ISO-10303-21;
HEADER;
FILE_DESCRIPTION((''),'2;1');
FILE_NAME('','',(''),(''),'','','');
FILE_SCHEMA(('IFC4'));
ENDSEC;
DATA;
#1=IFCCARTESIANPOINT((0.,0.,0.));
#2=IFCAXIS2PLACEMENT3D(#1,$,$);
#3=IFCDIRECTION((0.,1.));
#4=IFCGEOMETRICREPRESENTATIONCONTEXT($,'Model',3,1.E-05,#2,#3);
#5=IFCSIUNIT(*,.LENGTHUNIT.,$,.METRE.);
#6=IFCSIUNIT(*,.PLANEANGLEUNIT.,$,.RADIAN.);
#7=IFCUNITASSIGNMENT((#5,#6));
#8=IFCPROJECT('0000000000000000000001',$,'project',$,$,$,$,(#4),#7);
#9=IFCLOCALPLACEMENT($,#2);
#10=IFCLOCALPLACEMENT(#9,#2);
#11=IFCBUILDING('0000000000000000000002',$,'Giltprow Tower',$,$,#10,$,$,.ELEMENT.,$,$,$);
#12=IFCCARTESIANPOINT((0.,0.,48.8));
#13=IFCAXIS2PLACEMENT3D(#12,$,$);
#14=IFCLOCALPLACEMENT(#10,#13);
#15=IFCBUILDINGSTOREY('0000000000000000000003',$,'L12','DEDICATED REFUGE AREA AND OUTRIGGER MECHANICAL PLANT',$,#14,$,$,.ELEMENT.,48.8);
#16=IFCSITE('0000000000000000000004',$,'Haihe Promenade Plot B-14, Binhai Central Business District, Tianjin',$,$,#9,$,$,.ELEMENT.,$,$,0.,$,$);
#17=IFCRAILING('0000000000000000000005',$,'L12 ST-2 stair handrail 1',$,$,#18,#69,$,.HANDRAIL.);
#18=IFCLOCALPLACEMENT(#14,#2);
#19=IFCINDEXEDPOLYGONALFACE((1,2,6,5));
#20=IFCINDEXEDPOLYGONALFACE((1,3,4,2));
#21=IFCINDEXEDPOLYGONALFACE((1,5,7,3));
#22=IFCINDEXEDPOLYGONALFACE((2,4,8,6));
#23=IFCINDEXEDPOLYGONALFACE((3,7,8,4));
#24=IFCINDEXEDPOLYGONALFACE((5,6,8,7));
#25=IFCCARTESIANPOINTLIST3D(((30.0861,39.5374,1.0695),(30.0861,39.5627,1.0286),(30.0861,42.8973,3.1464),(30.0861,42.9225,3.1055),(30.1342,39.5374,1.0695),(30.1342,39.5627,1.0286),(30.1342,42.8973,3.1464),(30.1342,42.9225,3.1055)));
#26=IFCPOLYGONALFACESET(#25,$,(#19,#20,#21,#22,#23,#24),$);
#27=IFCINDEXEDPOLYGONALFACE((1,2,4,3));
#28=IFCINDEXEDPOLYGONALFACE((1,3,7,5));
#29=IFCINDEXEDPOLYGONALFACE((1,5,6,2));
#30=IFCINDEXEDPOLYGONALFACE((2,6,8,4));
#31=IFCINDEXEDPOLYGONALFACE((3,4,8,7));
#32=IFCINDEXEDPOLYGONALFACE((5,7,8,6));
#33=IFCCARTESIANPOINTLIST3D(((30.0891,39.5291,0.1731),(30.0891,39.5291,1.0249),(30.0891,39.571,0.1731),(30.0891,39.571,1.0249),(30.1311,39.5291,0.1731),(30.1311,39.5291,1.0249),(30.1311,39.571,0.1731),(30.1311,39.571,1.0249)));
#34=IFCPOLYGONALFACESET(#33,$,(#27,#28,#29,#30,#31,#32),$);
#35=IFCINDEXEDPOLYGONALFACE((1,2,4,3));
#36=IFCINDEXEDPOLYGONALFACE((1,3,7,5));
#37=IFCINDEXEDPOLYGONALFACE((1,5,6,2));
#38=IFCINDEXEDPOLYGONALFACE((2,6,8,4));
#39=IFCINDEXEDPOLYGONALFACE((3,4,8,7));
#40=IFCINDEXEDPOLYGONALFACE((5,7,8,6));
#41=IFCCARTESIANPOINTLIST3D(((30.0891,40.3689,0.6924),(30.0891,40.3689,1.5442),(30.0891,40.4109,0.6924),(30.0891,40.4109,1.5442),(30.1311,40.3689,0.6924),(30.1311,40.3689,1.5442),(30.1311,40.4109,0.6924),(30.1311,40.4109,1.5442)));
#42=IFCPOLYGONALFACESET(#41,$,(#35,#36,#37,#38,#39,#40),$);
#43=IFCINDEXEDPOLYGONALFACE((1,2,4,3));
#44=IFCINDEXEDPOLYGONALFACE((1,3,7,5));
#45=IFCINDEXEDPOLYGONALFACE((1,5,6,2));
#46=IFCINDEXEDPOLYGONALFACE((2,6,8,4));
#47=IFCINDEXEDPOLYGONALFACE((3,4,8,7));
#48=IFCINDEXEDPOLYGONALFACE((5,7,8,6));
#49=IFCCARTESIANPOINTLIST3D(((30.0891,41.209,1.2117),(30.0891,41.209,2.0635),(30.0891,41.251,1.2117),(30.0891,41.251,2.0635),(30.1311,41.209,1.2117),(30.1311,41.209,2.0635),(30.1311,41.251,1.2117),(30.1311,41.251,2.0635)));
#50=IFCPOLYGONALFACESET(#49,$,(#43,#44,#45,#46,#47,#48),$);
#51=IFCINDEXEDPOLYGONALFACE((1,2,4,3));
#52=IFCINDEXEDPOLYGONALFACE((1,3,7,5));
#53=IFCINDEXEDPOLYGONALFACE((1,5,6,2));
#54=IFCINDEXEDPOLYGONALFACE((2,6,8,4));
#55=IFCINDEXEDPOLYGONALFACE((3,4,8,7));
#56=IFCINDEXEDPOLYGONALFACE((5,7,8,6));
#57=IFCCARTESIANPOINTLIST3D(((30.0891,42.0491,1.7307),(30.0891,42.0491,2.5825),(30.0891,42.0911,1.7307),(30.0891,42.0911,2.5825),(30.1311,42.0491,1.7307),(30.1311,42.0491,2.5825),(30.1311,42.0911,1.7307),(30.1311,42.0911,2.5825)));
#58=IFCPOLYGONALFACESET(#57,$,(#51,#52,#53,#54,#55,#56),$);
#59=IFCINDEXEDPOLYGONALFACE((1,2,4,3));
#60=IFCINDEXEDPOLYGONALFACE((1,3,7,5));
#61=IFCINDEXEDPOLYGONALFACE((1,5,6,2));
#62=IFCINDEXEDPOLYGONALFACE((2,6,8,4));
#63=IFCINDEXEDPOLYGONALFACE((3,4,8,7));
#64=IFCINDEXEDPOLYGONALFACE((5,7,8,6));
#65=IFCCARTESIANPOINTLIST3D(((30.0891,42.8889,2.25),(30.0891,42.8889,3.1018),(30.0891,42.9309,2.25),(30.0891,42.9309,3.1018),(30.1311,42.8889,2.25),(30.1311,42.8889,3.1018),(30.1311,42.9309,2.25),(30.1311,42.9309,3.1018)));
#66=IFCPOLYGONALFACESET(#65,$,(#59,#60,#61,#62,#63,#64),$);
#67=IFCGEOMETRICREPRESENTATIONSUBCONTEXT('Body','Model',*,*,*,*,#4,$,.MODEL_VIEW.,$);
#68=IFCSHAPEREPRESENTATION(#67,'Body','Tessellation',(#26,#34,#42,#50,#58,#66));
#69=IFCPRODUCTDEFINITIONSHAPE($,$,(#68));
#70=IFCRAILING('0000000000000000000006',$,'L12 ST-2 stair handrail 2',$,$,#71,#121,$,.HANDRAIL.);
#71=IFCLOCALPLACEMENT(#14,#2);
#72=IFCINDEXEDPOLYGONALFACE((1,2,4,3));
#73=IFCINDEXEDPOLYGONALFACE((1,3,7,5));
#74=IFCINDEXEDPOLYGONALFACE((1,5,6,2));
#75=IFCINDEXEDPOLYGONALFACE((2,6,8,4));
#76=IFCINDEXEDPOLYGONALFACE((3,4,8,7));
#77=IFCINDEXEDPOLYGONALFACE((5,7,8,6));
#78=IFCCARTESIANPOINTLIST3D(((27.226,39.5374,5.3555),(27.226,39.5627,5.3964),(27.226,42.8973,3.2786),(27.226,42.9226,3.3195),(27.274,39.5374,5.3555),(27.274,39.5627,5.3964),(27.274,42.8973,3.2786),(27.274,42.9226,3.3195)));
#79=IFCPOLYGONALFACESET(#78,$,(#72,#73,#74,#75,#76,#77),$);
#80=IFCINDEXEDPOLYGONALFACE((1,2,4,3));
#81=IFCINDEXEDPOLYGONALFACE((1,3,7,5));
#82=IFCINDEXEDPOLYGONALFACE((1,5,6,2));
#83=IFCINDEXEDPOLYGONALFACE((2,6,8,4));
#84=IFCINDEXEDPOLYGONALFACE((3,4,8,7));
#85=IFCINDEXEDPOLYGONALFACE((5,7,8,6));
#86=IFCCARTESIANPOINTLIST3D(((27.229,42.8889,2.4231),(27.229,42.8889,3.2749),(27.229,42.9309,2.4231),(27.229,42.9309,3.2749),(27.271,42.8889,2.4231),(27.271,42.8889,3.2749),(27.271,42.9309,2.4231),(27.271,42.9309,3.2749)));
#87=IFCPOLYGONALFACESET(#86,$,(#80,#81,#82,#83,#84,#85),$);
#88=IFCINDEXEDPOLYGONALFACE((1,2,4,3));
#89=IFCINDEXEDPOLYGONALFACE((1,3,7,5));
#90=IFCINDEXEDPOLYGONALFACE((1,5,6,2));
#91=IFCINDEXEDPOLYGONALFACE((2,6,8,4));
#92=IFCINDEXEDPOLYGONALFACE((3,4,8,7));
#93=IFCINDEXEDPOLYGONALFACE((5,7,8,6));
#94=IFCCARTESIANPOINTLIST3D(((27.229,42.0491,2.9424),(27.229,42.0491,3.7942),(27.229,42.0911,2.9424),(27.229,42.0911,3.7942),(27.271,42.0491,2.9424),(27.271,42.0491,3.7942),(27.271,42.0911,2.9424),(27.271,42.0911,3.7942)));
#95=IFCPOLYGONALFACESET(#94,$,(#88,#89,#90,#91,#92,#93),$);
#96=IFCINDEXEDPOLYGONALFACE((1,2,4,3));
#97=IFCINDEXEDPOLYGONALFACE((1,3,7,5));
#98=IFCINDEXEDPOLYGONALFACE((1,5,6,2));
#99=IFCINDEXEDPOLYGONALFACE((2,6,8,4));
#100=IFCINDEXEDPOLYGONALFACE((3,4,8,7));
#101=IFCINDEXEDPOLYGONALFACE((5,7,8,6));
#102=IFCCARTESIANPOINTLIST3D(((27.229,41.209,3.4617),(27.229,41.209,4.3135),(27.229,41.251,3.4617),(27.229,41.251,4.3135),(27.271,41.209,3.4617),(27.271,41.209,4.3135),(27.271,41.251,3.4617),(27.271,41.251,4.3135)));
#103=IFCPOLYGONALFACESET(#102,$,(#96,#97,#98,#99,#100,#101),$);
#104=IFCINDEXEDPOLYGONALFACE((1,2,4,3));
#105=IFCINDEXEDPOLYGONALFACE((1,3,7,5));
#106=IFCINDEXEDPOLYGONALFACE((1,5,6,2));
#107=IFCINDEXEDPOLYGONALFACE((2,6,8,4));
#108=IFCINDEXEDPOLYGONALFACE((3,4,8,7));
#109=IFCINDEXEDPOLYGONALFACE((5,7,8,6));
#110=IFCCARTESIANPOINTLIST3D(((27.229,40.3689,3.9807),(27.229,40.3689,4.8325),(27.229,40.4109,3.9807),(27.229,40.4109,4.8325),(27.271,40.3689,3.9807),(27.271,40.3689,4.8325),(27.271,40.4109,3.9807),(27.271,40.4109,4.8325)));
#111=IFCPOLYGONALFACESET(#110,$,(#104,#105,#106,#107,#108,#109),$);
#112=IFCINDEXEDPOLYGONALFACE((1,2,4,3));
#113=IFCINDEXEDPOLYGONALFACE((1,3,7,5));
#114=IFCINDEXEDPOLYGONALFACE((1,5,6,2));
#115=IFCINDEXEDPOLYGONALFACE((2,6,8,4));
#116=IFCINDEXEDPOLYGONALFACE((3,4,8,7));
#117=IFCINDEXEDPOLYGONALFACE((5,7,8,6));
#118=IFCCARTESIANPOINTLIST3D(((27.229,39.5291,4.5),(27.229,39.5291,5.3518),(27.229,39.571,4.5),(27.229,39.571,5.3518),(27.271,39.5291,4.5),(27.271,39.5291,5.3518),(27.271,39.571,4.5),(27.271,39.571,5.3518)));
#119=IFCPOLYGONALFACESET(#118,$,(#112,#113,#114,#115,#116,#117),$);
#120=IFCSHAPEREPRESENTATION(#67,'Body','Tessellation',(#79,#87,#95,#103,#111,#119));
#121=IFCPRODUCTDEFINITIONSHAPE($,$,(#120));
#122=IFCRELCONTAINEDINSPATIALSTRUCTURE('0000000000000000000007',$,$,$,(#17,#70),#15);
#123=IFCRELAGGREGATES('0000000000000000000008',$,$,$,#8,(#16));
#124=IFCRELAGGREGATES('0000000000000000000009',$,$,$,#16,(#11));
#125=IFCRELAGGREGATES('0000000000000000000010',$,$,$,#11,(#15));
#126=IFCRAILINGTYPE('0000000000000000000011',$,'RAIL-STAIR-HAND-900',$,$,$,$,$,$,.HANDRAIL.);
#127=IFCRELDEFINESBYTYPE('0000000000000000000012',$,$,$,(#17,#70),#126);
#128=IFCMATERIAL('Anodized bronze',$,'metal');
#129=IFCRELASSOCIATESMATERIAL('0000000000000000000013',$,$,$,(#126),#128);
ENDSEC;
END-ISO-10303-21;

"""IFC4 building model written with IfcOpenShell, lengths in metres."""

from ifc_helpers import new_model, si_unit, direction, frame, origin, origin_2d, place, context, subcontext, project, spatial, rectangle, extrude, material, type_object, element, save


model = new_model("IFC4")

# Units and contexts
model_context = context("Model", 3, precision=1e-05, world=origin(), true_north=direction((0.0, 1.0)))
body_context = subcontext(model_context, "Body", "Model", "MODEL_VIEW")
ifc_project = project(units=[si_unit("LENGTHUNIT", "METRE"), si_unit("PLANEANGLEUNIT", "RADIAN")], contexts=[model_context])

# Site, building, storey
site_placement = place(None, origin())
site = spatial("IfcSite", under=ifc_project, at=site_placement, Name="Haihe Promenade Plot B-14, Binhai Central Business District, Tianjin", CompositionType="ELEMENT", RefElevation=0.0)
building_placement = place(site_placement, origin())
building = spatial("IfcBuilding", under=site, at=building_placement, Name="Giltprow Tower", CompositionType="ELEMENT")
storey_placement = place(building_placement, frame((0.0, 0.0, 48.8)))
storey = spatial("IfcBuildingStorey", under=building, at=storey_placement, Name="L12", Description="DEDICATED REFUGE AREA AND OUTRIGGER MECHANICAL PLANT", CompositionType="ELEMENT", Elevation=48.8)

# Railings
ifc_material_1 = material(Name="Anodized bronze", Category="metal")
railing_type_1 = type_object("IfcRailingType", Name="RAIL-STAIR-HAND-900", PredefinedType="HANDRAIL", material=ifc_material_1)
for number, where, name in (
    (1, (30.1101, 39.55, 0.1731), "L12 ST-2 stair handrail 1"),
):
    element("IfcRailing", number, at=place(storey_placement, frame(where)), inside=storey, type_object=railing_type_1, Name=name, PredefinedType="HANDRAIL", context=body_context, shape_type="SweptSolid", body=[
        extrude(rectangle(XDim=0.0481, YDim=0.0481, at=origin_2d()), frame((0.0, 0.0, 0.876), z_axis=(0.0, 0.850606, 0.525803), x_axis=(-1.0, 0.0, 0.0)), (0.0, 0.0, 1.0), 3.95),
        extrude(rectangle(XDim=0.042, YDim=0.042, at=origin_2d()), origin(), (0.0, 0.0, 1.0), 0.8518),
        extrude(rectangle(XDim=0.042, YDim=0.042, at=origin_2d()), frame((0.0, 0.8398, 0.5193)), (0.0, 0.0, 1.0), 0.8518),
        extrude(rectangle(XDim=0.042, YDim=0.042, at=origin_2d()), frame((0.0, 1.6799, 1.0386)), (0.0, 0.0, 1.0), 0.8518),
        extrude(rectangle(XDim=0.042, YDim=0.042, at=origin_2d()), frame((0.0, 2.52, 1.5576)), (0.0, 0.0, 1.0), 0.8518),
        extrude(rectangle(XDim=0.042, YDim=0.042, at=origin_2d()), frame((0.0, 3.3599, 2.0769)), (0.0, 0.0, 1.0), 0.8518),
    ])
railing_1_placement = place(storey_placement, frame((27.25, 42.9099, 2.4231)))
element("IfcRailing", 2, at=railing_1_placement, inside=storey, type_object=railing_type_1, Name="L12 ST-2 stair handrail 2", PredefinedType="HANDRAIL", context=body_context, shape_type="SweptSolid", body=[
    extrude(rectangle(XDim=0.0481, YDim=0.0481, at=origin_2d()), frame((0.0, 0.0, 0.876), z_axis=(0.0, -0.850606, 0.525803), x_axis=(1.0, 0.0, 0.0)), (0.0, 0.0, 1.0), 3.95),
    extrude(rectangle(XDim=0.042, YDim=0.042, at=origin_2d()), origin(), (0.0, 0.0, 1.0), 0.8518),
    extrude(rectangle(XDim=0.042, YDim=0.042, at=origin_2d()), frame((0.0, -0.8398, 0.5193)), (0.0, 0.0, 1.0), 0.8518),
    extrude(rectangle(XDim=0.042, YDim=0.042, at=origin_2d()), frame((0.0, -1.6799, 1.0386)), (0.0, 0.0, 1.0), 0.8518),
    extrude(rectangle(XDim=0.042, YDim=0.042, at=origin_2d()), frame((0.0, -2.52, 1.5576)), (0.0, 0.0, 1.0), 0.8518),
    extrude(rectangle(XDim=0.042, YDim=0.042, at=origin_2d()), frame((0.0, -3.3599, 2.0769)), (0.0, 0.0, 1.0), 0.8518),
])

save(model, "model.ifc")
